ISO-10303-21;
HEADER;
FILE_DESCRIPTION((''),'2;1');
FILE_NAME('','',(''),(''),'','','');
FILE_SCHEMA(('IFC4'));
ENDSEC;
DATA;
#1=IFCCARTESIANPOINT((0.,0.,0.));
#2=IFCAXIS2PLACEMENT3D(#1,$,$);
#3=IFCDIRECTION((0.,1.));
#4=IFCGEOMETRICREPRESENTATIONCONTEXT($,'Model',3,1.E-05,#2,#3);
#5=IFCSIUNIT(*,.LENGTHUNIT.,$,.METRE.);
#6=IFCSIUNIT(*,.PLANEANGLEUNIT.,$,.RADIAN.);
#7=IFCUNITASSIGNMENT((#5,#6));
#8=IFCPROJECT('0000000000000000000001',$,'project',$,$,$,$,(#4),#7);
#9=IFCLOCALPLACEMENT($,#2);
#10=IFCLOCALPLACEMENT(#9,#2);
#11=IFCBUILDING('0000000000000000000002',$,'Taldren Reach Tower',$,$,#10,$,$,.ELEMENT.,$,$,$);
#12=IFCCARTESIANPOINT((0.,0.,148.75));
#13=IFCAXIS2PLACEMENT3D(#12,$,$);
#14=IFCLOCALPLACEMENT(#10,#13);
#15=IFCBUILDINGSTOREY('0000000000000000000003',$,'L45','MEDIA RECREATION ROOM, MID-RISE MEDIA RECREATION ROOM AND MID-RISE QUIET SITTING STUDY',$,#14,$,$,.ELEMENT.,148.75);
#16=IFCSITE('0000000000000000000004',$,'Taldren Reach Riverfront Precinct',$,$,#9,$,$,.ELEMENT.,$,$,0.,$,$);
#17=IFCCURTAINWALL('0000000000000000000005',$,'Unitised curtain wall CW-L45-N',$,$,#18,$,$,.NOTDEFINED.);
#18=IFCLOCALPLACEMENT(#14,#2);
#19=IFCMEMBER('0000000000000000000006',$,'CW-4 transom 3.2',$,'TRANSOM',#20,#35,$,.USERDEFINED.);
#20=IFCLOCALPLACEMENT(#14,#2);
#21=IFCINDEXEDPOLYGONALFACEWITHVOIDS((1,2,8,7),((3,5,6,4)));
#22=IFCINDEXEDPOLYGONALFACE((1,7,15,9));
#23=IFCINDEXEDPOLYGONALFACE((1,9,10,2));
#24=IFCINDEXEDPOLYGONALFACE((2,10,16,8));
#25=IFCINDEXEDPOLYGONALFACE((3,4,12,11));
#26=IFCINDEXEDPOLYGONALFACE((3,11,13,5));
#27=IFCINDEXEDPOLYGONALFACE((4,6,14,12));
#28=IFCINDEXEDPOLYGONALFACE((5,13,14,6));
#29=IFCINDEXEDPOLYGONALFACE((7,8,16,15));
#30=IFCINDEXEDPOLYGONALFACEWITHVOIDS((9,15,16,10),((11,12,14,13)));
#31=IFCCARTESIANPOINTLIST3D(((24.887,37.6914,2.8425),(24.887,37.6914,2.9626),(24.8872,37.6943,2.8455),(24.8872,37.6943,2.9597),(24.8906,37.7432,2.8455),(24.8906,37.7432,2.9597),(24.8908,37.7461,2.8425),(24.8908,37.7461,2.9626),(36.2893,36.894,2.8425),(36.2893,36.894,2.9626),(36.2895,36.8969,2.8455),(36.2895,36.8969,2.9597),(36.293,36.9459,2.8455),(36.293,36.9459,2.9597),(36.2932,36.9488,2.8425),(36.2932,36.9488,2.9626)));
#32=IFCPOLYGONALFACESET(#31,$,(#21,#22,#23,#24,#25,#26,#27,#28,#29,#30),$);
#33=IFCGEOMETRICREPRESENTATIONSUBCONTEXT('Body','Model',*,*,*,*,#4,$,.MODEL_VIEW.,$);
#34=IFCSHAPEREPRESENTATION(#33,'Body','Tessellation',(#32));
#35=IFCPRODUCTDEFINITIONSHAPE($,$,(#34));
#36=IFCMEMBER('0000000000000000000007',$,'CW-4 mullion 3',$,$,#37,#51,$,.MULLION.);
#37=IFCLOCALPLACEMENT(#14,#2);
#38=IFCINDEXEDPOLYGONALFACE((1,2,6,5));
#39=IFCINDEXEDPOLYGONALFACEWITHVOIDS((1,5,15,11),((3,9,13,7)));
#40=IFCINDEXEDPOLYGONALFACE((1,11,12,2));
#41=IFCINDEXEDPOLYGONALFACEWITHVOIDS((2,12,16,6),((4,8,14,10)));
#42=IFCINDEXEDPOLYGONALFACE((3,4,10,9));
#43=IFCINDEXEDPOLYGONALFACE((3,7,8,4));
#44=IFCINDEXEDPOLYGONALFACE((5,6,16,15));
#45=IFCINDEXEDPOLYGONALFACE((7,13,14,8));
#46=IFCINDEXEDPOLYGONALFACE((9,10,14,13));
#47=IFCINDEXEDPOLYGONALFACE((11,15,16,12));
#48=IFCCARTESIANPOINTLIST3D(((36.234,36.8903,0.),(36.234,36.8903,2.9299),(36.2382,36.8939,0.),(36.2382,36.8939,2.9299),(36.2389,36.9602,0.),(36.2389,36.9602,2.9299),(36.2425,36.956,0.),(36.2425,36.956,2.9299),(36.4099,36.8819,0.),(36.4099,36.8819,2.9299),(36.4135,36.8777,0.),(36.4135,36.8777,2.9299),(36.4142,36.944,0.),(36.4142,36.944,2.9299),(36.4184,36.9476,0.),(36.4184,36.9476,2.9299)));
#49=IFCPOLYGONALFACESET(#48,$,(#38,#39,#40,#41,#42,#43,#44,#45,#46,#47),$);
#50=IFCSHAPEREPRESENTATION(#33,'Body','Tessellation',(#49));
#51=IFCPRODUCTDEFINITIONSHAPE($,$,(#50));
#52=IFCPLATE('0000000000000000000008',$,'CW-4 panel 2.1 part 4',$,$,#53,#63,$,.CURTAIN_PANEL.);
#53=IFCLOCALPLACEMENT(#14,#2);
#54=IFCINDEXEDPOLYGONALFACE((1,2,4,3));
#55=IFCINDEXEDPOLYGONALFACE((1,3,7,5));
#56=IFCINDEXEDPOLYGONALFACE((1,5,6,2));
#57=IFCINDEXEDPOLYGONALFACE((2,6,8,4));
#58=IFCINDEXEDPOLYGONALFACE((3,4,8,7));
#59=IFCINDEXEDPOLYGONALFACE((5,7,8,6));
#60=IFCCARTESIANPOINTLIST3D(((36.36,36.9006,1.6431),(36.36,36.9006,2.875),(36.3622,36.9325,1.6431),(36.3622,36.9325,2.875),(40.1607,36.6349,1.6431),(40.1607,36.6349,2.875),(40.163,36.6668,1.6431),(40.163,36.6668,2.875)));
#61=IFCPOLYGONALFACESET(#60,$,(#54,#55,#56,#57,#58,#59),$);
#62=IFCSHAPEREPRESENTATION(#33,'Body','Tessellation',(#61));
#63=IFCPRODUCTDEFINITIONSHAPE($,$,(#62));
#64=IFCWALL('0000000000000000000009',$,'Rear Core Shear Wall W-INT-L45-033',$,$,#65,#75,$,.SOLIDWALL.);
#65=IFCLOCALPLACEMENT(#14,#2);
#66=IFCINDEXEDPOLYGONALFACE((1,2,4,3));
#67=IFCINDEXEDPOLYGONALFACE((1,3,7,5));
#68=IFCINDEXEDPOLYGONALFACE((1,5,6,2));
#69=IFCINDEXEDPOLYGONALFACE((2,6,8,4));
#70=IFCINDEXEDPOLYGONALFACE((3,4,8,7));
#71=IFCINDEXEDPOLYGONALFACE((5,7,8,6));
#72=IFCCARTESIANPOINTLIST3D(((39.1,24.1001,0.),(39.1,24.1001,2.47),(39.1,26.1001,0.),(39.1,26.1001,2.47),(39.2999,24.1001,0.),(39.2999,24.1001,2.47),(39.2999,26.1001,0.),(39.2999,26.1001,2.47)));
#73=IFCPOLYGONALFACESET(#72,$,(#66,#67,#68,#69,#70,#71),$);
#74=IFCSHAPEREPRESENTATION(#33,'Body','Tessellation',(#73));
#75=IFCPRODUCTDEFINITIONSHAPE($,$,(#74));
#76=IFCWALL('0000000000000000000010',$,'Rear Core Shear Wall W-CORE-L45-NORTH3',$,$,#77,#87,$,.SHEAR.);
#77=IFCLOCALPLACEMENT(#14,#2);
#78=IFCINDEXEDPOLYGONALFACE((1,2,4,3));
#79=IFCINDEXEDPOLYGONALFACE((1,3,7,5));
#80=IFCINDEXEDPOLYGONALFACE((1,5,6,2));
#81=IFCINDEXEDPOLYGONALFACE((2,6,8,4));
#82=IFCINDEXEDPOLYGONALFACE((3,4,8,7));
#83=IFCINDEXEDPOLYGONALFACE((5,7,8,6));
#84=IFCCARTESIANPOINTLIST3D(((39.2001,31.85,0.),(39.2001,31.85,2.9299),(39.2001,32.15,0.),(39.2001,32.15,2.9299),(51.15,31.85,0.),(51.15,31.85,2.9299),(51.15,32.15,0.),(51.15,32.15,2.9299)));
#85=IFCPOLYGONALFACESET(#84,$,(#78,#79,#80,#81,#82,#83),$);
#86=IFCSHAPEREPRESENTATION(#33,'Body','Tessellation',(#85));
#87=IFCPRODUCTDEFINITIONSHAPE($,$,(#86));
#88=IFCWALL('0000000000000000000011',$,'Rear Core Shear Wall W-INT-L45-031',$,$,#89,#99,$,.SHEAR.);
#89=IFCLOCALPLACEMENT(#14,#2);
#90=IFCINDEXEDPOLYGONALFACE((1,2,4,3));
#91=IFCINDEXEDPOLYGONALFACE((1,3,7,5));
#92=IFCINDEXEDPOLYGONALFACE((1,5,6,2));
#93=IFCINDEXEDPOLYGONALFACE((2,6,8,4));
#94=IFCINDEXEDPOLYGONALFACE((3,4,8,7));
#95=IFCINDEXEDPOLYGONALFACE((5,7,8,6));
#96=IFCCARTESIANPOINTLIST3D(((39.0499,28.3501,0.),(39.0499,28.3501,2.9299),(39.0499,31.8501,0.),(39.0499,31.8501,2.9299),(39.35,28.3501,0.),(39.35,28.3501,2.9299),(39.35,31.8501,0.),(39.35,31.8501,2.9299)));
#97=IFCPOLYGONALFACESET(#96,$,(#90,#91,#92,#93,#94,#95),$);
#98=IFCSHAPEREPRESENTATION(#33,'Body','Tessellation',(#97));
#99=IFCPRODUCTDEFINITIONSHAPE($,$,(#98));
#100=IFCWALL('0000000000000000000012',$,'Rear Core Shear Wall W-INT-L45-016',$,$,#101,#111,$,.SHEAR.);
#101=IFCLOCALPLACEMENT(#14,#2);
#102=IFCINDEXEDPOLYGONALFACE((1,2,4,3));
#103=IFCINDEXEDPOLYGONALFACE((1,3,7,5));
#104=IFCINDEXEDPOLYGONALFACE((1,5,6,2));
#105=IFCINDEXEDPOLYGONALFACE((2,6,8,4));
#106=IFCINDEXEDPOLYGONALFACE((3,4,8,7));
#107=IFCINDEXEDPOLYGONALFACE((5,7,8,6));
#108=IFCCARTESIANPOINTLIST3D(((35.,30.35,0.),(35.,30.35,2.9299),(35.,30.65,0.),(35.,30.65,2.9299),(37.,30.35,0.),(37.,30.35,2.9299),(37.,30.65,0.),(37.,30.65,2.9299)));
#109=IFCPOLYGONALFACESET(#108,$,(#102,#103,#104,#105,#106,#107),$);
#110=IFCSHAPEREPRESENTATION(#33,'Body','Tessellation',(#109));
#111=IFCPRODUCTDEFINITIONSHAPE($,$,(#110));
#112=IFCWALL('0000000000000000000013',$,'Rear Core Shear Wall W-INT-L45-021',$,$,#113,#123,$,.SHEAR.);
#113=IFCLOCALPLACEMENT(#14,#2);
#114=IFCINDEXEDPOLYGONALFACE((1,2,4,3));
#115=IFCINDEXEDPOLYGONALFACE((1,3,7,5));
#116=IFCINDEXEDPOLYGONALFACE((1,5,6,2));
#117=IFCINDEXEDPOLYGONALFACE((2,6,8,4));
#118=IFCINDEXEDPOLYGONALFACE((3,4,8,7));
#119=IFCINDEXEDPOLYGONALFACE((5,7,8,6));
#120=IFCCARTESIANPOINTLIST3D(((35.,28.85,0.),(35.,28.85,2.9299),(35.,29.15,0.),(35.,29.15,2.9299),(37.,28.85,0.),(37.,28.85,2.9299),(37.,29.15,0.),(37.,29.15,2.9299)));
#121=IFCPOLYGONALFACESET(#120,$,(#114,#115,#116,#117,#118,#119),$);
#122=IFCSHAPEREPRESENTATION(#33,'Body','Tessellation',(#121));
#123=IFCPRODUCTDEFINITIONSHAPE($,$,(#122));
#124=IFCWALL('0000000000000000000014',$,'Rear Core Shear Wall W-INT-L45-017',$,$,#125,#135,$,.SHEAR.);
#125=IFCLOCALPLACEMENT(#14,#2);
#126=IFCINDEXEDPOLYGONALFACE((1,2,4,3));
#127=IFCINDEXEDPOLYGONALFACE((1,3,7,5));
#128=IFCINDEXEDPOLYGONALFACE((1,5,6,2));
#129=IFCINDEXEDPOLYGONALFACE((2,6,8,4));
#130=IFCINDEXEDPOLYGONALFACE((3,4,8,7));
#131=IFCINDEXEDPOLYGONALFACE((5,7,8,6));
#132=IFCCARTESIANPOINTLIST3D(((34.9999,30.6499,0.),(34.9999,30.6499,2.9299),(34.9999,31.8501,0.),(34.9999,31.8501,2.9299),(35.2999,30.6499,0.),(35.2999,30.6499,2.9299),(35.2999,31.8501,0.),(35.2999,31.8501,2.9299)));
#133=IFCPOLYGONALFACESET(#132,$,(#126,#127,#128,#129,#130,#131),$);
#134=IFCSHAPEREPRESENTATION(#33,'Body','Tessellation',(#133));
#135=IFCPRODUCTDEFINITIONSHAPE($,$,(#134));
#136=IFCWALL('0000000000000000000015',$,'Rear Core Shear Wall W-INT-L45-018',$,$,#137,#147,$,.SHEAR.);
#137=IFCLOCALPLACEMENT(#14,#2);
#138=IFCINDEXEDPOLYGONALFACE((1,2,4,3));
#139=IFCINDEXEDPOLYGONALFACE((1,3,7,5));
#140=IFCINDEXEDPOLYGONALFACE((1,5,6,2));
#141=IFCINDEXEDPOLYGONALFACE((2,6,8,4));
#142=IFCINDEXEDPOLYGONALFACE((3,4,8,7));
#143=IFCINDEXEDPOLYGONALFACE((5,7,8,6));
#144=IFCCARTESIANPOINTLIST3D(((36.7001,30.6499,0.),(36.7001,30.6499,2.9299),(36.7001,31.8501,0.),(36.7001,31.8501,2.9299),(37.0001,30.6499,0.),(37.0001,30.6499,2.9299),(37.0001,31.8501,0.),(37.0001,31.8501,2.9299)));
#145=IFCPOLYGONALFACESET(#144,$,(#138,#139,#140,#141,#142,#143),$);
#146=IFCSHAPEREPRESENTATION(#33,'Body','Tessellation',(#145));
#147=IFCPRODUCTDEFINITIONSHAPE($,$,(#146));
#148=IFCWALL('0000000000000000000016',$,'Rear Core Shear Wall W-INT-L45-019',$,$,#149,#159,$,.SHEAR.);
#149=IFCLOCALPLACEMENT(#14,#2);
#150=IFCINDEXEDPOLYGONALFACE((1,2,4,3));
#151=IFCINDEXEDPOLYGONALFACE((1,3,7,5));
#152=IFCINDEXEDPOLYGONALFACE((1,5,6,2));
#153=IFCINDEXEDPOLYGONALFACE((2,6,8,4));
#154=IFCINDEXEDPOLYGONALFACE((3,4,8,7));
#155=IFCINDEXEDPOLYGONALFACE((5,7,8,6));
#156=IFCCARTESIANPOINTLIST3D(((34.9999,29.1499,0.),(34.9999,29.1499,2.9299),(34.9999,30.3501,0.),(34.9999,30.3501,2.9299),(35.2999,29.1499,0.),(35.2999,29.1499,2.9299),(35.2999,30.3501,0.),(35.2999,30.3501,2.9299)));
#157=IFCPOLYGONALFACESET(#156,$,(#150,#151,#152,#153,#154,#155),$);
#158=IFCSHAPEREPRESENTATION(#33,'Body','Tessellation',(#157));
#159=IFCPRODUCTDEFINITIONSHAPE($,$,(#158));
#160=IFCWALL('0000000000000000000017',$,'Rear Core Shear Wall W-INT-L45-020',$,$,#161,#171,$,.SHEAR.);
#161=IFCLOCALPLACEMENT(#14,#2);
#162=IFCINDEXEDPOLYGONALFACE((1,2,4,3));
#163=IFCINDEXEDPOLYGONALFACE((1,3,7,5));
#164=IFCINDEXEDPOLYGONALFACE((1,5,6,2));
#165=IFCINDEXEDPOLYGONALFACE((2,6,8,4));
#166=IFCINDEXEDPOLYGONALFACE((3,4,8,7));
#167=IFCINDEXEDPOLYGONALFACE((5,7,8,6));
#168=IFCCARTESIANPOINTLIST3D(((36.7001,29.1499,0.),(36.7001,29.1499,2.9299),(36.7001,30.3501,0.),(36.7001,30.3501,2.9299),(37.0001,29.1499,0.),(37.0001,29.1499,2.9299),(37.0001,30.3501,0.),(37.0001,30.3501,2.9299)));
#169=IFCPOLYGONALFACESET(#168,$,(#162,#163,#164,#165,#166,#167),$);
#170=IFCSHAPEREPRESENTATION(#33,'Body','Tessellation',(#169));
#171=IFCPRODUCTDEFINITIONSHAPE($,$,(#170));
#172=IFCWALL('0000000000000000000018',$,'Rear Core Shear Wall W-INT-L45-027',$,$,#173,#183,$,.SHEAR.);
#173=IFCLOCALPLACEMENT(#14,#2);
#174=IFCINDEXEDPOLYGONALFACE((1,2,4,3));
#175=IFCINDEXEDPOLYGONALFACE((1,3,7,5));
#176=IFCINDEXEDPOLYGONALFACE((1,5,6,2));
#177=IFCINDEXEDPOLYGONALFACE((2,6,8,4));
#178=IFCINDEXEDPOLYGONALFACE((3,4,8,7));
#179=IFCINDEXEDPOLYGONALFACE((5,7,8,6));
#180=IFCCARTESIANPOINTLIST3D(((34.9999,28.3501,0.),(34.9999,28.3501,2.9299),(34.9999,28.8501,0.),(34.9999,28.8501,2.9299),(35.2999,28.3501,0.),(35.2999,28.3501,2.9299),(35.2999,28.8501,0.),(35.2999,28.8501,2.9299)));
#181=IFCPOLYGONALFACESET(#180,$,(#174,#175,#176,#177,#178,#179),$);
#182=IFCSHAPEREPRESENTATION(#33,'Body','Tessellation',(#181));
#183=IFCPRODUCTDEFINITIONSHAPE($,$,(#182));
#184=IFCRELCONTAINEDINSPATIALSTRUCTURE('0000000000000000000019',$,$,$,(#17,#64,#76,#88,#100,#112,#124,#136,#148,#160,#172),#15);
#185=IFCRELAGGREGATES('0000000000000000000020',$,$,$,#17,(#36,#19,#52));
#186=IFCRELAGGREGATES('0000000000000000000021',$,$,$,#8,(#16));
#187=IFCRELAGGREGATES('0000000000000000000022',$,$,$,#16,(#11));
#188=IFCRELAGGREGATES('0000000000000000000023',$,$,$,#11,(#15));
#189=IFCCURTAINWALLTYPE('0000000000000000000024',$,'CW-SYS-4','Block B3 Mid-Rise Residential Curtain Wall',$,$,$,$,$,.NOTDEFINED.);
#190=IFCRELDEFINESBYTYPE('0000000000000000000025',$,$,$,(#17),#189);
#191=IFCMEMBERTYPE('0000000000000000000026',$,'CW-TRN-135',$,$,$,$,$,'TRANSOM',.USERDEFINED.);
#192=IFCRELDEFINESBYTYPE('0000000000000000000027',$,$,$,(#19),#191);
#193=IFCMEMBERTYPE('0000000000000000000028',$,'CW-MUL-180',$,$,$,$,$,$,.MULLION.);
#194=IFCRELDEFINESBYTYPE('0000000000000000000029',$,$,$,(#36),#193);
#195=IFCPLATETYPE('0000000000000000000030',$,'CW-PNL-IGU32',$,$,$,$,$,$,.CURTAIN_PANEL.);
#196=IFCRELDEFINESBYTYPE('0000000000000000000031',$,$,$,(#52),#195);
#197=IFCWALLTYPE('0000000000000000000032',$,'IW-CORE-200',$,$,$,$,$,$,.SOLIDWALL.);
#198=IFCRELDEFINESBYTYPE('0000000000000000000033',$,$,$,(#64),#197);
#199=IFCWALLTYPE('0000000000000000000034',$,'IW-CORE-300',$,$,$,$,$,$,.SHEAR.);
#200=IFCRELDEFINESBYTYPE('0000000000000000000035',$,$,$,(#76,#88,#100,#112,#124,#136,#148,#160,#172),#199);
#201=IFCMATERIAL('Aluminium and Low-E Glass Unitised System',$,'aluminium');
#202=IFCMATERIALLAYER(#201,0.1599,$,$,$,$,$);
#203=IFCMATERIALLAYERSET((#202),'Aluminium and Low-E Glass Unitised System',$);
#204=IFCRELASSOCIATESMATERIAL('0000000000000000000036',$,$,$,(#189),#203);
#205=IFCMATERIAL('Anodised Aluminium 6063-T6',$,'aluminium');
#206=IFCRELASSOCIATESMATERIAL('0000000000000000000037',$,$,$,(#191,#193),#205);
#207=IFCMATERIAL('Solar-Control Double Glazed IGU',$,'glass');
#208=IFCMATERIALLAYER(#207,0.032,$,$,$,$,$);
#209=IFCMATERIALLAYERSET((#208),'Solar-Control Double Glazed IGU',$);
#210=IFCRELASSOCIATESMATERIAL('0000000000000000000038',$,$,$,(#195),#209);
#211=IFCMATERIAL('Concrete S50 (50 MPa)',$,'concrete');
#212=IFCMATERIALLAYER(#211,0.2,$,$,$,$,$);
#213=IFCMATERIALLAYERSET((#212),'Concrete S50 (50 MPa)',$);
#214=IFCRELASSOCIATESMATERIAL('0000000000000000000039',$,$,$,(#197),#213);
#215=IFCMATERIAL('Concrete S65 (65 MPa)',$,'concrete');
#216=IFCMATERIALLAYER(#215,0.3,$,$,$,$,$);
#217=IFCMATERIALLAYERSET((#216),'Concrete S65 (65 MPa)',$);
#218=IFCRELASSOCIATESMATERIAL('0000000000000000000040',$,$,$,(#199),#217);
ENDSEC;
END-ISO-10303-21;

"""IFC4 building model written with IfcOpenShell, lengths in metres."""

from ifc_helpers import new_model, si_unit, direction, frame, frame_2d, origin, origin_2d, place, context, subcontext, project, spatial, rectangle, hollow_rectangle, extrude, source, transform, mapped, material, layer, layer_set, material_profile, profile_set, type_object, element, aggregate, save


model = new_model("IFC4")

# Units and contexts
model_context = context("Model", 3, precision=1e-05, world=origin(), true_north=direction((0.0, 1.0)))
body_context = subcontext(model_context, "Body", "Model", "MODEL_VIEW")
ifc_project = project(units=[si_unit("LENGTHUNIT", "METRE"), si_unit("PLANEANGLEUNIT", "RADIAN")], contexts=[model_context])

# Site, building, storey
site_placement = place(None, origin())
site = spatial("IfcSite", under=ifc_project, at=site_placement, Name="Taldren Reach Riverfront Precinct", CompositionType="ELEMENT", RefElevation=0.0)
building_placement = place(site_placement, origin())
building = spatial("IfcBuilding", under=site, at=building_placement, Name="Taldren Reach Tower", CompositionType="ELEMENT")
storey_placement = place(building_placement, frame((0.0, 0.0, 148.75)))
storey = spatial("IfcBuildingStorey", under=building, at=storey_placement, Name="L45", Description="MEDIA RECREATION ROOM, MID-RISE MEDIA RECREATION ROOM AND MID-RISE QUIET SITTING STUDY", CompositionType="ELEMENT", Elevation=148.75)

# Curtain wall, members, plate
ifc_material_1 = material(Name="Aluminium and Low-E Glass Unitised System", Category="aluminium")
ifc_layer_1 = layer(ifc_material_1, 0.1599)
ifc_layer_set_1 = layer_set([ifc_layer_1], Name="Aluminium and Low-E Glass Unitised System")
curtain_wall_type = type_object("IfcCurtainWallType", Name="CW-SYS-4", Description="Block B3 Mid-Rise Residential Curtain Wall", PredefinedType="NOTDEFINED", material=ifc_layer_set_1)
curtain_wall_placement = place(storey_placement, origin())
curtain_wall = element("IfcCurtainWall", 1, at=curtain_wall_placement, inside=storey, type_object=curtain_wall_type, Name="Unitised curtain wall CW-L45-N", PredefinedType="NOTDEFINED")
ifc_material_2 = material(Name="Anodised Aluminium 6063-T6", Category="aluminium")
ifc_material_profile_1 = material_profile(ifc_material_2, hollow_rectangle(XDim=0.0549, YDim=0.1201, WallThickness=0.0029, at=origin_2d()), Name="ALU-120x55x3RHS")
ifc_profile_set_1 = profile_set([ifc_material_profile_1], Name="Anodised Aluminium 6063-T6")
member_type_1 = type_object("IfcMemberType", Name="CW-TRN-135", ElementType="TRANSOM", PredefinedType="USERDEFINED", material=ifc_profile_set_1)
shared_shape_1 = source(origin(), body_context, "Body", "SweptSolid", [
    extrude(hollow_rectangle(XDim=0.0549, YDim=0.1201, WallThickness=0.0029, at=origin_2d()), origin(), (0.0, 0.0, 1.0), 11.4302),
])
member_1_placement = place(storey_placement, frame((36.2913, 36.9214, 2.9026), z_axis=(-0.997564, 0.069759, 0.0), x_axis=(-0.069759, -0.997564, 0.0)))
member_1 = element("IfcMember", 2, at=member_1_placement, type_object=member_type_1, Name="CW-4 transom 3.2", ObjectType="TRANSOM", PredefinedType="USERDEFINED", context=body_context, shape_type="MappedRepresentation", body=[
    mapped(shared_shape_1, transform((0.0, 0.0, 0.0), scale=1.0)),
])
ifc_material_profile_2 = material_profile(ifc_material_2, hollow_rectangle(XDim=0.0701, YDim=0.1799, WallThickness=0.0039, at=origin_2d()), Name="ALU-180x70x4RHS")
ifc_profile_set_2 = profile_set([ifc_material_profile_2], Name="Anodised Aluminium 6063-T6")
member_type_2 = type_object("IfcMemberType", Name="CW-MUL-180", PredefinedType="MULLION", material=ifc_profile_set_2)
shared_shape_2 = source(origin(), body_context, "Body", "SweptSolid", [
    extrude(hollow_rectangle(XDim=0.0701, YDim=0.1799, WallThickness=0.0039, at=origin_2d()), origin(), (0.0, 0.0, 1.0), 2.9299),
])
member_2_placement = place(storey_placement, frame((36.3262, 36.9189, 0.0), z_axis=(0.0, 0.0, 1.0), x_axis=(-0.069757, -0.997564, 0.0)))
member_2 = element("IfcMember", 3, at=member_2_placement, type_object=member_type_2, Name="CW-4 mullion 3", PredefinedType="MULLION", context=body_context, shape_type="MappedRepresentation", body=[
    mapped(shared_shape_2, transform((0.0, 0.0, 0.0), scale=1.0)),
])
ifc_material_3 = material(Name="Solar-Control Double Glazed IGU", Category="glass")
ifc_layer_2 = layer(ifc_material_3, 0.032)
ifc_layer_set_2 = layer_set([ifc_layer_2], Name="Solar-Control Double Glazed IGU")
plate_type = type_object("IfcPlateType", Name="CW-PNL-IGU32", PredefinedType="CURTAIN_PANEL", material=ifc_layer_set_2)
shared_shape_3 = source(origin(), body_context, "Body", "SweptSolid", [
    extrude(rectangle(XDim=3.8101, YDim=0.032, at=origin_2d()), origin(), (0.0, 0.0, 1.0), 1.2319),
])
plate_placement = place(storey_placement, frame((38.2615, 36.7837, 1.6431), z_axis=(0.0, 0.0, 1.0), x_axis=(-0.997564, 0.069757, 0.0)))
plate = element("IfcPlate", 4, at=plate_placement, type_object=plate_type, Name="CW-4 panel 2.1 part 4", PredefinedType="CURTAIN_PANEL", context=body_context, shape_type="MappedRepresentation", body=[
    mapped(shared_shape_3, transform((0.0, 0.0, 0.0), scale=1.0)),
])
aggregate(curtain_wall, [member_2, member_1, plate])

# Walls
ifc_material_4 = material(Name="Concrete S50 (50 MPa)", Category="concrete")
ifc_layer_3 = layer(ifc_material_4, 0.2)
ifc_layer_set_3 = layer_set([ifc_layer_3], Name="Concrete S50 (50 MPa)")
wall_type_1 = type_object("IfcWallType", Name="IW-CORE-200", PredefinedType="SOLIDWALL", material=ifc_layer_set_3)
shared_shape_4 = source(origin(), body_context, "Body", "SweptSolid", [
    extrude(rectangle(XDim=2.0, YDim=0.2, at=frame_2d((1.0, 0.0))), origin(), (0.0, 0.0, 1.0), 2.47),
])
wall_1_placement = place(storey_placement, frame((39.2, 26.1001, 0.0), z_axis=(0.0, 0.0, 1.0), x_axis=(0.0, -1.0, 0.0)))
element("IfcWall", 5, at=wall_1_placement, inside=storey, type_object=wall_type_1, Name="Rear Core Shear Wall W-INT-L45-033", PredefinedType="SOLIDWALL", context=body_context, shape_type="MappedRepresentation", body=[
    mapped(shared_shape_4, transform((0.0, 0.0, 0.0), scale=1.0)),
])
ifc_material_5 = material(Name="Concrete S65 (65 MPa)", Category="concrete")
ifc_layer_4 = layer(ifc_material_5, 0.3)
ifc_layer_set_4 = layer_set([ifc_layer_4], Name="Concrete S65 (65 MPa)")
wall_type_2 = type_object("IfcWallType", Name="IW-CORE-300", PredefinedType="SHEAR", material=ifc_layer_set_4)
shared_shape_5 = source(origin(), body_context, "Body", "SweptSolid", [
    extrude(rectangle(XDim=11.95, YDim=0.3, at=frame_2d((5.9751, 0.0))), origin(), (0.0, 0.0, 1.0), 2.9299),
])
wall_2_placement = place(storey_placement, frame((39.2, 32.0, 0.0), z_axis=(0.0, 0.0, 1.0), x_axis=(1.0, 0.0, 0.0)))
element("IfcWall", 6, at=wall_2_placement, inside=storey, type_object=wall_type_2, Name="Rear Core Shear Wall W-CORE-L45-NORTH3", PredefinedType="SHEAR", context=body_context, shape_type="MappedRepresentation", body=[
    mapped(shared_shape_5, transform((0.0, 0.0, 0.0), scale=1.0)),
])
shared_shape_6 = source(origin(), body_context, "Body", "SweptSolid", [
    extrude(rectangle(XDim=3.5, YDim=0.3, at=frame_2d((1.75, 0.0))), origin(), (0.0, 0.0, 1.0), 2.9299),
])
wall_3_placement = place(storey_placement, frame((39.2, 28.3501, 0.0), z_axis=(0.0, 0.0, 1.0), x_axis=(0.0, 1.0, 0.0)))
element("IfcWall", 7, at=wall_3_placement, inside=storey, type_object=wall_type_2, Name="Rear Core Shear Wall W-INT-L45-031", PredefinedType="SHEAR", context=body_context, shape_type="MappedRepresentation", body=[
    mapped(shared_shape_6, transform((0.0, 0.0, 0.0), scale=1.0)),
])
shared_shape_7 = source(origin(), body_context, "Body", "SweptSolid", [
    extrude(rectangle(XDim=2.0, YDim=0.3, at=frame_2d((1.0, 0.0))), origin(), (0.0, 0.0, 1.0), 2.9299),
])
for number, where, z_axis, x_axis, name in (
    (8, (35.0, 30.5, 0.0), (0.0, 0.0, 1.0), (1.0, 0.0, 0.0), "Rear Core Shear Wall W-INT-L45-016"),
    (9, (35.0, 29.0, 0.0), (0.0, 0.0, 1.0), (1.0, 0.0, 0.0), "Rear Core Shear Wall W-INT-L45-021"),
):
    element("IfcWall", number, at=place(storey_placement, frame(where, z_axis=z_axis, x_axis=x_axis)), inside=storey, type_object=wall_type_2, Name=name, PredefinedType="SHEAR", context=body_context, shape_type="MappedRepresentation", body=[
        mapped(shared_shape_7, transform((0.0, 0.0, 0.0), scale=1.0)),
    ])
shared_shape_8 = source(origin(), body_context, "Body", "SweptSolid", [
    extrude(rectangle(XDim=1.2002, YDim=0.3, at=frame_2d((0.6001, 0.0))), origin(), (0.0, 0.0, 1.0), 2.9299),
])
for number, where, z_axis, x_axis, name in (
    (10, (35.1499, 31.8501, 0.0), (0.0, 0.0, 1.0), (0.0, -1.0, 0.0), "Rear Core Shear Wall W-INT-L45-017"),
    (11, (36.8501, 30.6499, 0.0), (0.0, 0.0, 1.0), (0.0, 1.0, 0.0), "Rear Core Shear Wall W-INT-L45-018"),
    (12, (35.1499, 30.3501, 0.0), (0.0, 0.0, 1.0), (0.0, -1.0, 0.0), "Rear Core Shear Wall W-INT-L45-019"),
    (13, (36.8501, 29.1499, 0.0), (0.0, 0.0, 1.0), (0.0, 1.0, 0.0), "Rear Core Shear Wall W-INT-L45-020"),
):
    element("IfcWall", number, at=place(storey_placement, frame(where, z_axis=z_axis, x_axis=x_axis)), inside=storey, type_object=wall_type_2, Name=name, PredefinedType="SHEAR", context=body_context, shape_type="MappedRepresentation", body=[
        mapped(shared_shape_8, transform((0.0, 0.0, 0.0), scale=1.0)),
    ])
shared_shape_9 = source(origin(), body_context, "Body", "SweptSolid", [
    extrude(rectangle(XDim=0.5, YDim=0.3, at=frame_2d((0.25, 0.0))), origin(), (0.0, 0.0, 1.0), 2.9299),
])
for number, where, z_axis, x_axis, name in (
    (14, (35.1499, 28.3501, 0.0), (0.0, 0.0, 1.0), (0.0, 1.0, 0.0), "Rear Core Shear Wall W-INT-L45-027"),
):
    element("IfcWall", number, at=place(storey_placement, frame(where, z_axis=z_axis, x_axis=x_axis)), inside=storey, type_object=wall_type_2, Name=name, PredefinedType="SHEAR", context=body_context, shape_type="MappedRepresentation", body=[
        mapped(shared_shape_9, transform((0.0, 0.0, 0.0), scale=1.0)),
    ])

save(model, "model.ifc")
